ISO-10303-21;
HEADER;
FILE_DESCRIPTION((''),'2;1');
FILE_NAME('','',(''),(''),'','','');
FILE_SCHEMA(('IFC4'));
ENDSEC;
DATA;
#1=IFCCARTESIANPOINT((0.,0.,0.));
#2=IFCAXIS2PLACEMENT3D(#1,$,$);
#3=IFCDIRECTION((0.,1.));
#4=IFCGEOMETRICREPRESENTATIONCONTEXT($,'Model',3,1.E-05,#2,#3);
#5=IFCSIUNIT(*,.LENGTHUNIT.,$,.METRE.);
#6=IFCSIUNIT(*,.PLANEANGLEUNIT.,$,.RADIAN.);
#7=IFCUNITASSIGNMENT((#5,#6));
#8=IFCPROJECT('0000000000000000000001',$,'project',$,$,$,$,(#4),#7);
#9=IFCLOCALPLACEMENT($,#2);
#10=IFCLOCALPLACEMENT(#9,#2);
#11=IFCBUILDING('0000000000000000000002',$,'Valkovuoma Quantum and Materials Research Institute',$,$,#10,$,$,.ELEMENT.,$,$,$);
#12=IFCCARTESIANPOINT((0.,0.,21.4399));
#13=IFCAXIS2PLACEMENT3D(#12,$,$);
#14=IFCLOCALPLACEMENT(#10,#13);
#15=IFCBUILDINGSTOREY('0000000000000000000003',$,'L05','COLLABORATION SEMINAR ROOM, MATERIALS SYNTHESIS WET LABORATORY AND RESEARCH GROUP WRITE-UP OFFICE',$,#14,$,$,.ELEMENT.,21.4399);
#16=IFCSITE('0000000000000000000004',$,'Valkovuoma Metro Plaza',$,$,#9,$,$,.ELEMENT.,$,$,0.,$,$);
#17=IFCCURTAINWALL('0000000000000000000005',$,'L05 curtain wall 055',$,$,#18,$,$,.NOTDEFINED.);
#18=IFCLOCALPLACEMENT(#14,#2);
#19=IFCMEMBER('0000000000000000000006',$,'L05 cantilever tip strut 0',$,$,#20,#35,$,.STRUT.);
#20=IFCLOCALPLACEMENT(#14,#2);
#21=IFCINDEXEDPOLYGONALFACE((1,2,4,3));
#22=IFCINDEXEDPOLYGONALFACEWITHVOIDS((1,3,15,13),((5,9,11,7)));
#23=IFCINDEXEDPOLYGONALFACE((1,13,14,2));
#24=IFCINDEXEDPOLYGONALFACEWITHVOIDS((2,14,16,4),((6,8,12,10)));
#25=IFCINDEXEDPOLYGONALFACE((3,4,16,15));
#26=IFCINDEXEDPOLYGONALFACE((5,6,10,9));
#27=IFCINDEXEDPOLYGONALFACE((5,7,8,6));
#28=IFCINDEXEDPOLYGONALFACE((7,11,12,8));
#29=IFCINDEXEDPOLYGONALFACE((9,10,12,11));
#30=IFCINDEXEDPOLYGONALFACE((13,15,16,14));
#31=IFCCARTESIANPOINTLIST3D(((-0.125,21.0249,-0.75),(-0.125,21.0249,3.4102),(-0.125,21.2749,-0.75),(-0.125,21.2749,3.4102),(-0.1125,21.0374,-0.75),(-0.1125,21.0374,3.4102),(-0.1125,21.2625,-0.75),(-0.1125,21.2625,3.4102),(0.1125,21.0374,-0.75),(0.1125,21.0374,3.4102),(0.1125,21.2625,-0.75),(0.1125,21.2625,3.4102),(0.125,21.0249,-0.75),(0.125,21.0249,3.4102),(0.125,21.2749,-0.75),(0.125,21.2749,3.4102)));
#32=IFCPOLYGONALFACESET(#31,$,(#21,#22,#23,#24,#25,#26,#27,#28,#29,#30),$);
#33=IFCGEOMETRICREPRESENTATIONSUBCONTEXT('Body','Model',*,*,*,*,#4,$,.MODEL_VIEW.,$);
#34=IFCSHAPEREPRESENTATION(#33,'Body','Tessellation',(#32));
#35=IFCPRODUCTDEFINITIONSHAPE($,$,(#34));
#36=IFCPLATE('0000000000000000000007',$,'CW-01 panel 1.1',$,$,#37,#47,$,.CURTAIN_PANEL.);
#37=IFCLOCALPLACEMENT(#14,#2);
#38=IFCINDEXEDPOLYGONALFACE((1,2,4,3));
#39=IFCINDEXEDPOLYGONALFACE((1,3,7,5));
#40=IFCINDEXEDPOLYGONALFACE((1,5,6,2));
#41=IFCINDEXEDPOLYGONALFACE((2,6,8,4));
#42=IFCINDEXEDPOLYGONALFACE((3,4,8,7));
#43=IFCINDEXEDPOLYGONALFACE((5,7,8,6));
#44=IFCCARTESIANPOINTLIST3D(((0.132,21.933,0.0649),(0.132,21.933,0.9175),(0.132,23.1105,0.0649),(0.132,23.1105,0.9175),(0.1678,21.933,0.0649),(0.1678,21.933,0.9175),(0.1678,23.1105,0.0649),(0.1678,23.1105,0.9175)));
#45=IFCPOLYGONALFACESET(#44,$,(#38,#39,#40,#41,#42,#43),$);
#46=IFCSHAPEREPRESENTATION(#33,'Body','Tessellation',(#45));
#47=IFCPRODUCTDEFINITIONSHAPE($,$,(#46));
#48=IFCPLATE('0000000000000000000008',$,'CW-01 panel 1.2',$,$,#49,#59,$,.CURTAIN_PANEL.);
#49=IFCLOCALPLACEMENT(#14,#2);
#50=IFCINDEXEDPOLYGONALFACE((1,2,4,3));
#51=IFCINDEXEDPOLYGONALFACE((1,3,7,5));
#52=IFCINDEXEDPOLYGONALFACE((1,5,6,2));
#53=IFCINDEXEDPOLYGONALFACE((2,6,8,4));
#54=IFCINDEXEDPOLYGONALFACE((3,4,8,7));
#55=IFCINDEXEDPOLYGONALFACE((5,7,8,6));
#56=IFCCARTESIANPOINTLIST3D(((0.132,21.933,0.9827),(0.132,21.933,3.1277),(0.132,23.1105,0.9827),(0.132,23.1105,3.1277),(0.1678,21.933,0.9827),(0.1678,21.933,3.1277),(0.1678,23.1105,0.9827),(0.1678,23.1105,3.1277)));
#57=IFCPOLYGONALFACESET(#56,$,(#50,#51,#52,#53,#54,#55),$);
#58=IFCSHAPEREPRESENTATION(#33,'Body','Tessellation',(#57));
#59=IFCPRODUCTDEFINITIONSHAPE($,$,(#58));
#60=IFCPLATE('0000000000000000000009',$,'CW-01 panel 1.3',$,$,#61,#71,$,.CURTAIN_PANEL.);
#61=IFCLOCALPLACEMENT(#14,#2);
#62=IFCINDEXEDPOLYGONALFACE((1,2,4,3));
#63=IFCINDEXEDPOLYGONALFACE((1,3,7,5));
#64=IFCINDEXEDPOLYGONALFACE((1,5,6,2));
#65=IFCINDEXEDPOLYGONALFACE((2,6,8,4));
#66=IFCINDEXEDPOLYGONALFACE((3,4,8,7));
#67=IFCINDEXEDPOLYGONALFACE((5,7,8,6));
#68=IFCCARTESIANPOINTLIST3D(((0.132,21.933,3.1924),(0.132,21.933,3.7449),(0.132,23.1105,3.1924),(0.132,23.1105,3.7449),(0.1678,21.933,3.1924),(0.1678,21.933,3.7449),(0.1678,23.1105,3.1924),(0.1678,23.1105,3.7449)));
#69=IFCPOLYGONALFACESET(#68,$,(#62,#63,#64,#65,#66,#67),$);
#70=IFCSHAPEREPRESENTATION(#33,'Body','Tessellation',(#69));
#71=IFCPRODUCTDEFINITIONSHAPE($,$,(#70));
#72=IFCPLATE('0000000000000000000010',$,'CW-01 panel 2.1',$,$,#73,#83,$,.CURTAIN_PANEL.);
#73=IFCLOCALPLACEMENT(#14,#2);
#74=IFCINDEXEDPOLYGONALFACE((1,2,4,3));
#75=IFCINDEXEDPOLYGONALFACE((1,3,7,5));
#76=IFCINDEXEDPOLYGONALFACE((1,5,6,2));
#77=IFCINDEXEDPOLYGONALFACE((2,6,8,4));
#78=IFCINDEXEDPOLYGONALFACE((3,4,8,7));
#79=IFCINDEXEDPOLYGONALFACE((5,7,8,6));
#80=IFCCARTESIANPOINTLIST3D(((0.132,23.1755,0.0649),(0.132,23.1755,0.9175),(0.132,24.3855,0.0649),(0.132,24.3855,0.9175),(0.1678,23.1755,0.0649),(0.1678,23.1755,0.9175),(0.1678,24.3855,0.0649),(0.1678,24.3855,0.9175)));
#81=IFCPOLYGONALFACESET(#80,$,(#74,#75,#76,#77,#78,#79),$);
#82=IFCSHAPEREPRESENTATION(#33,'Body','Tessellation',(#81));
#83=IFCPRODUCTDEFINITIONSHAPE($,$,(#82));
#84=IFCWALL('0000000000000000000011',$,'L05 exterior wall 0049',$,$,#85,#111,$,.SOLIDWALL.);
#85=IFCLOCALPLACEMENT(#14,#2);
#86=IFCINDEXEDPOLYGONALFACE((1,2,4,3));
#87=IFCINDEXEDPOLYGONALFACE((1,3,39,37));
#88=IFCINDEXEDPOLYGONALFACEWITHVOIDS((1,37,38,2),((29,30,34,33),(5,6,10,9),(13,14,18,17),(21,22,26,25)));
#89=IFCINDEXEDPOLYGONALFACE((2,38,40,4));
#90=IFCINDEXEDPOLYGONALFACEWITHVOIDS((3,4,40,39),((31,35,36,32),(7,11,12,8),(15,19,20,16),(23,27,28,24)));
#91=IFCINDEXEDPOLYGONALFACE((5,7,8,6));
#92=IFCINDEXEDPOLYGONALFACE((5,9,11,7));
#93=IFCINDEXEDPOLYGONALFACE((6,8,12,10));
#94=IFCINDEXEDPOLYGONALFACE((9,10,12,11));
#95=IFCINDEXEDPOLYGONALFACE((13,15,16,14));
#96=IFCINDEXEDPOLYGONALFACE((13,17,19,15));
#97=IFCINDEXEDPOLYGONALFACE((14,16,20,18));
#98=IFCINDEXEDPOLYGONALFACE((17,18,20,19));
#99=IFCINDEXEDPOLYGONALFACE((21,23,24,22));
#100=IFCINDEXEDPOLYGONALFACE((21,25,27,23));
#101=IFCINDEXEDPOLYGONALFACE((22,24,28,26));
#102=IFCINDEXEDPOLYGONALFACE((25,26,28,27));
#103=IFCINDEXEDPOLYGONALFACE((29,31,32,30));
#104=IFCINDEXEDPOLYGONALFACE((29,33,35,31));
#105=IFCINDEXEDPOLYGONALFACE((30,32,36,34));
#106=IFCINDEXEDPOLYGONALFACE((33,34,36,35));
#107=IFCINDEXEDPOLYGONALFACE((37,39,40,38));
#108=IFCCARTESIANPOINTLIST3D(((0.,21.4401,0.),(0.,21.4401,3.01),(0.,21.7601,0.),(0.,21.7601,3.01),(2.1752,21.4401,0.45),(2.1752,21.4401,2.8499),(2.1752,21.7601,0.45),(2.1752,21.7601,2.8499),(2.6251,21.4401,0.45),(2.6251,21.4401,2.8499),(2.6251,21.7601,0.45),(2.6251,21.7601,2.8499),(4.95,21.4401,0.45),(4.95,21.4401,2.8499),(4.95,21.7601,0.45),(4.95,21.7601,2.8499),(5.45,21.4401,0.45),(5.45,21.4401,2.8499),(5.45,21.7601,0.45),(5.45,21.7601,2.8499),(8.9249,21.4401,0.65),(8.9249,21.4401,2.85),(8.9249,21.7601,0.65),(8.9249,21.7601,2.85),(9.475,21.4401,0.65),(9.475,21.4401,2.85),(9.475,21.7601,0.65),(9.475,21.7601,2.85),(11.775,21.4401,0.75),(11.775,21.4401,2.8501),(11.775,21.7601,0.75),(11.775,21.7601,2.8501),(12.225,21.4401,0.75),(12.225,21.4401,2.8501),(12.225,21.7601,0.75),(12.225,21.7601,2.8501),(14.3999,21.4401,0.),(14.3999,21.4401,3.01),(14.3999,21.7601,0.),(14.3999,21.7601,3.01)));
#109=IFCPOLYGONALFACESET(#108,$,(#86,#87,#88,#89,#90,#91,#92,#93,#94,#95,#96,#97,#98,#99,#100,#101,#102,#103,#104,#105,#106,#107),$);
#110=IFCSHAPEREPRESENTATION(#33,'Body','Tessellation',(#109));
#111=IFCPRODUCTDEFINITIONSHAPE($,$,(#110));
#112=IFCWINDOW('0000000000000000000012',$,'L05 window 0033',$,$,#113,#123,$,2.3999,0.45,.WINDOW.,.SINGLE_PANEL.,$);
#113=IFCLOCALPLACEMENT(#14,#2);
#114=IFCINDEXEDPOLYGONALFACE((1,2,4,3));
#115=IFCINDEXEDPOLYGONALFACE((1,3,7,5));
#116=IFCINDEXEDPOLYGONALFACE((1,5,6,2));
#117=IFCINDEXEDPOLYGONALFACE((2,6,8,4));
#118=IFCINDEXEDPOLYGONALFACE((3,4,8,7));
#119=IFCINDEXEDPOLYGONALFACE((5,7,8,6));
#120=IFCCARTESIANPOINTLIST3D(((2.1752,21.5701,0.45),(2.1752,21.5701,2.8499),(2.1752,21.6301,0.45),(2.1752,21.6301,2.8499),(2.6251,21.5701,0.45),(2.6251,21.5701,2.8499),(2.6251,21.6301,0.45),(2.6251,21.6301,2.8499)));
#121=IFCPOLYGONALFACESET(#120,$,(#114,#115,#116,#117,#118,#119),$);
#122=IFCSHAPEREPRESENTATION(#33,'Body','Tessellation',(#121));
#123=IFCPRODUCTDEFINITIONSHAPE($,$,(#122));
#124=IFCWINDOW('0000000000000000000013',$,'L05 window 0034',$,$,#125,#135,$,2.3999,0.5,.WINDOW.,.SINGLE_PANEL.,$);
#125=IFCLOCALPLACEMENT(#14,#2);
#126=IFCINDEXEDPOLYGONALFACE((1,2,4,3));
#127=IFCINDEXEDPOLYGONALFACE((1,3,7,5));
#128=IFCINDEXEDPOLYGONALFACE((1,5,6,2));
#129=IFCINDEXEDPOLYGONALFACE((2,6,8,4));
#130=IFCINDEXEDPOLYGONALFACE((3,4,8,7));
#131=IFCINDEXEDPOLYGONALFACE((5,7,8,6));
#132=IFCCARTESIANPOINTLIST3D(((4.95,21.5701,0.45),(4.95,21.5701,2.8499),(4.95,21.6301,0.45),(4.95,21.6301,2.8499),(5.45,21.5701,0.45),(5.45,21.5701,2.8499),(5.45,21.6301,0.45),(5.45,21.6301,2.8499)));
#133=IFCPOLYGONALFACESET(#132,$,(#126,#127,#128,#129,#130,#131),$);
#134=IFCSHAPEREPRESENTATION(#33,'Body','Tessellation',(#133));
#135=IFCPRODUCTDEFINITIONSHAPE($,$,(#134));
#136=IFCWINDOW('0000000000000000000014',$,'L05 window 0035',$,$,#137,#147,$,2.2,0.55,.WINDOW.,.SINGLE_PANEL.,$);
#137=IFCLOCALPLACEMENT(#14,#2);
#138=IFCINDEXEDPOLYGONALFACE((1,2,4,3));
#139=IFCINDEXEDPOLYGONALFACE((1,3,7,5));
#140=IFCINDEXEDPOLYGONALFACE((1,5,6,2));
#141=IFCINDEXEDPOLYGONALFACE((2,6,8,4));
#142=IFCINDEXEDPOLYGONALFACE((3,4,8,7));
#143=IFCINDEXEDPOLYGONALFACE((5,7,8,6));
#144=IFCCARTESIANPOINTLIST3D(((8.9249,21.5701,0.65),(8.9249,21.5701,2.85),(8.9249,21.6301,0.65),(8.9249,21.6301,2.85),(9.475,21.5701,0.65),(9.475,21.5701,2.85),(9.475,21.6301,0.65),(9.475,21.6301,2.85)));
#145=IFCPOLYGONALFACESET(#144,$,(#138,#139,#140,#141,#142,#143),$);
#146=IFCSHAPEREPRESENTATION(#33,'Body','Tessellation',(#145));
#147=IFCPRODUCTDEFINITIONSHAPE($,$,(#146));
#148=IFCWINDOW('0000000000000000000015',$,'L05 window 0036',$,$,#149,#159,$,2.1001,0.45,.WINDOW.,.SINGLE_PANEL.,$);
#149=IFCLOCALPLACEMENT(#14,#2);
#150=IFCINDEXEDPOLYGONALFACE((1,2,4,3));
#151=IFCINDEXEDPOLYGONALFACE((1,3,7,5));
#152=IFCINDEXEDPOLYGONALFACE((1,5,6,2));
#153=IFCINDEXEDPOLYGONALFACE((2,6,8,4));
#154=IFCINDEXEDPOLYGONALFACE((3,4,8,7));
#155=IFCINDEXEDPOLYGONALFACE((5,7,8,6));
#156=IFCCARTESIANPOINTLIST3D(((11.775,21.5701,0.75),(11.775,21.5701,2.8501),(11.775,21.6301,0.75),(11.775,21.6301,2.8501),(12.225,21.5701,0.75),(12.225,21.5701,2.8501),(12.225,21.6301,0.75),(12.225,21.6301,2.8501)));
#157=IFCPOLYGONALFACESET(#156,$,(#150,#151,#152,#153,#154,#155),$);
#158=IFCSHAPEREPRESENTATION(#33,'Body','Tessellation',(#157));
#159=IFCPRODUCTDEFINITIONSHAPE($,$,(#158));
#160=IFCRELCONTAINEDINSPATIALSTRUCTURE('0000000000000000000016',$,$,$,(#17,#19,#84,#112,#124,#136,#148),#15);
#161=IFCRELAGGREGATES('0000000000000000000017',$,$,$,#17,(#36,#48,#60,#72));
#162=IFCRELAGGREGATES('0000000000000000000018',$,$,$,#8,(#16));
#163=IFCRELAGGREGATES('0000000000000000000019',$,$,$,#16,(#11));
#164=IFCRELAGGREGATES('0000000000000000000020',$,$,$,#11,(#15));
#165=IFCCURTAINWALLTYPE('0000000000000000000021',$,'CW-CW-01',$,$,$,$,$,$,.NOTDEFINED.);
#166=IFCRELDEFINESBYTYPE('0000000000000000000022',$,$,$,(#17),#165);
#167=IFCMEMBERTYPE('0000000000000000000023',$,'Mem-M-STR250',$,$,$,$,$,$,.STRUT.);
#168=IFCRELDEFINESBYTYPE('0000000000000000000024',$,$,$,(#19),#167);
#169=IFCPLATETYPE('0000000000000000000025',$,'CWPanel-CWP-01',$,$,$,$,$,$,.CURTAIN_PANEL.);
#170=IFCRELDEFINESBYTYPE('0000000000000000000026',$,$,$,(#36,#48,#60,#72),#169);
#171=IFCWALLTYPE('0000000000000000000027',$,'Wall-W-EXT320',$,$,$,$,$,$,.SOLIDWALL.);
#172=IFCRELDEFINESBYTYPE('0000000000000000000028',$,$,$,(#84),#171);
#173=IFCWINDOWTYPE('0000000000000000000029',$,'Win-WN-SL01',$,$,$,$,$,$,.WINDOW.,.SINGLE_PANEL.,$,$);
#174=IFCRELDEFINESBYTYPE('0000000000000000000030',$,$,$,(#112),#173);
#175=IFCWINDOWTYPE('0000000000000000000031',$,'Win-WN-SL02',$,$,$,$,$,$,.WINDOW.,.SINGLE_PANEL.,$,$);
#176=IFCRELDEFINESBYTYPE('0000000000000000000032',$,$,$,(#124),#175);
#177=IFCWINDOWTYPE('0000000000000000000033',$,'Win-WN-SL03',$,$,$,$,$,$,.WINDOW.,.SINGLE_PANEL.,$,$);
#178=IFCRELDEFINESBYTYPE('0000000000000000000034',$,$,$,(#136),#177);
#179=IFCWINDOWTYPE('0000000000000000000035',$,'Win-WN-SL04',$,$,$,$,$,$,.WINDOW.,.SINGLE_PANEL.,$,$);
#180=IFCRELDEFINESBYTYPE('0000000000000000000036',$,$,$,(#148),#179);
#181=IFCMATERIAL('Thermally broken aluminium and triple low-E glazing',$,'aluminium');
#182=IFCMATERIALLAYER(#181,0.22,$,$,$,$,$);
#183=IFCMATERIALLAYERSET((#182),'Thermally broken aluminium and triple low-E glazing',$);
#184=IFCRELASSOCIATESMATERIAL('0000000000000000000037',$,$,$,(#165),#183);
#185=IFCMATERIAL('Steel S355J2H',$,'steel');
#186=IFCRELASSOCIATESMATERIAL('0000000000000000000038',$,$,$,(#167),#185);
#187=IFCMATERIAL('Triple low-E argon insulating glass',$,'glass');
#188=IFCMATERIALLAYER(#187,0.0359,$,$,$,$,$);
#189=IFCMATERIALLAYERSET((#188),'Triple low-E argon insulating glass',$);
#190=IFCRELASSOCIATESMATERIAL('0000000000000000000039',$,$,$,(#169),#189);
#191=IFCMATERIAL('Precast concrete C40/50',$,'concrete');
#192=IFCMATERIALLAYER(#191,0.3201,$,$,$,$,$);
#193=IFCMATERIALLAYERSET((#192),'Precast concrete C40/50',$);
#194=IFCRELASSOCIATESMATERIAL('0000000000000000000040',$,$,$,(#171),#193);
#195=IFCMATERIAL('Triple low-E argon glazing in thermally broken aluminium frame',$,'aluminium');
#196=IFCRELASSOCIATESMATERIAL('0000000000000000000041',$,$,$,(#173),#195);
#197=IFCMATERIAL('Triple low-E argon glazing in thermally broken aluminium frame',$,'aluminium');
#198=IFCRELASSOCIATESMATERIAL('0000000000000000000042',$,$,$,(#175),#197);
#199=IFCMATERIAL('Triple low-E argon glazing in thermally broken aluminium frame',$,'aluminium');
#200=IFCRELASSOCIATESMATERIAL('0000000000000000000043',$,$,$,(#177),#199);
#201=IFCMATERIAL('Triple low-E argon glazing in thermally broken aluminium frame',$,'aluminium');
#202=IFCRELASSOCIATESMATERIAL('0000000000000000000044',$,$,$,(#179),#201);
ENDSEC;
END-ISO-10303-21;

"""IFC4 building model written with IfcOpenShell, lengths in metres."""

from ifc_helpers import new_model, si_unit, direction, frame, frame_2d, origin, origin_2d, place, context, subcontext, project, spatial, rectangle, hollow_rectangle, extrude, material, layer, layer_set, material_profile, profile_set, type_object, element, fill, aggregate, save


model = new_model("IFC4")

# Units and contexts
model_context = context("Model", 3, precision=1e-05, world=origin(), true_north=direction((0.0, 1.0)))
body_context = subcontext(model_context, "Body", "Model", "MODEL_VIEW")
ifc_project = project(units=[si_unit("LENGTHUNIT", "METRE"), si_unit("PLANEANGLEUNIT", "RADIAN")], contexts=[model_context])

# Site, building, storey
site_placement = place(None, origin())
site = spatial("IfcSite", under=ifc_project, at=site_placement, Name="Valkovuoma Metro Plaza", CompositionType="ELEMENT", RefElevation=0.0)
building_placement = place(site_placement, origin())
building = spatial("IfcBuilding", under=site, at=building_placement, Name="Valkovuoma Quantum and Materials Research Institute", CompositionType="ELEMENT")
storey_placement = place(building_placement, frame((0.0, 0.0, 21.4399)))
storey = spatial("IfcBuildingStorey", under=building, at=storey_placement, Name="L05", Description="COLLABORATION SEMINAR ROOM, MATERIALS SYNTHESIS WET LABORATORY AND RESEARCH GROUP WRITE-UP OFFICE", CompositionType="ELEMENT", Elevation=21.4399)

# Curtain wall
ifc_material_1 = material(Name="Thermally broken aluminium and triple low-E glazing", Category="aluminium")
ifc_layer_1 = layer(ifc_material_1, 0.22)
ifc_layer_set_1 = layer_set([ifc_layer_1], Name="Thermally broken aluminium and triple low-E glazing")
curtain_wall_type = type_object("IfcCurtainWallType", Name="CW-CW-01", PredefinedType="NOTDEFINED", material=ifc_layer_set_1)
curtain_wall_placement = place(storey_placement, origin())
curtain_wall = element("IfcCurtainWall", 1, at=curtain_wall_placement, inside=storey, type_object=curtain_wall_type, Name="L05 curtain wall 055", PredefinedType="NOTDEFINED")

# Member
ifc_material_2 = material(Name="Steel S355J2H", Category="steel")
ifc_material_profile_1 = material_profile(ifc_material_2, hollow_rectangle(XDim=0.25, YDim=0.25, WallThickness=0.0125, at=origin_2d()), Name="Steel S355J2H")
ifc_profile_set_1 = profile_set([ifc_material_profile_1], Name="Steel S355J2H")
member_type_1 = type_object("IfcMemberType", Name="Mem-M-STR250", PredefinedType="STRUT", material=ifc_profile_set_1)
member_1_placement = place(storey_placement, frame((0.0, 21.1499, -0.75), z_axis=(0.0, 0.0, 1.0), x_axis=(1.0, 0.0, 0.0)))
element("IfcMember", 2, at=member_1_placement, inside=storey, type_object=member_type_1, Name="L05 cantilever tip strut 0", PredefinedType="STRUT", context=body_context, shape_type="SweptSolid", body=[
    extrude(hollow_rectangle(XDim=0.25, YDim=0.25, WallThickness=0.0125, at=origin_2d()), origin(), (0.0, 0.0, 1.0), 4.1602),
])

# Plates
ifc_material_3 = material(Name="Triple low-E argon insulating glass", Category="glass")
ifc_layer_2 = layer(ifc_material_3, 0.0359)
ifc_layer_set_2 = layer_set([ifc_layer_2], Name="Triple low-E argon insulating glass")
plate_type = type_object("IfcPlateType", Name="CWPanel-CWP-01", PredefinedType="CURTAIN_PANEL", material=ifc_layer_set_2)
plate_1_placement = place(storey_placement, frame((0.1499, 22.5217, 0.0649), z_axis=(0.0, 0.0, 1.0), x_axis=(0.0, 1.0, 0.0)))
plate_1 = element("IfcPlate", 3, at=plate_1_placement, type_object=plate_type, Name="CW-01 panel 1.1", PredefinedType="CURTAIN_PANEL", context=body_context, shape_type="SweptSolid", body=[
    extrude(rectangle(XDim=1.1775, YDim=0.0359, at=origin_2d()), origin(), (0.0, 0.0, 1.0), 0.8525),
])
plate_2_placement = place(storey_placement, frame((0.1499, 22.5217, 0.9827), z_axis=(0.0, 0.0, 1.0), x_axis=(0.0, 1.0, 0.0)))
plate_2 = element("IfcPlate", 4, at=plate_2_placement, type_object=plate_type, Name="CW-01 panel 1.2", PredefinedType="CURTAIN_PANEL", context=body_context, shape_type="SweptSolid", body=[
    extrude(rectangle(XDim=1.1775, YDim=0.0359, at=origin_2d()), origin(), (0.0, 0.0, 1.0), 2.145),
])
plate_3_placement = place(storey_placement, frame((0.1499, 22.5217, 3.1924), z_axis=(0.0, 0.0, 1.0), x_axis=(0.0, 1.0, 0.0)))
plate_3 = element("IfcPlate", 5, at=plate_3_placement, type_object=plate_type, Name="CW-01 panel 1.3", PredefinedType="CURTAIN_PANEL", context=body_context, shape_type="SweptSolid", body=[
    extrude(rectangle(XDim=1.1775, YDim=0.0359, at=origin_2d()), origin(), (0.0, 0.0, 1.0), 0.5525),
])
plate_4_placement = place(storey_placement, frame((0.1499, 23.7805, 0.0649), z_axis=(0.0, 0.0, 1.0), x_axis=(0.0, 1.0, 0.0)))
plate_4 = element("IfcPlate", 6, at=plate_4_placement, type_object=plate_type, Name="CW-01 panel 2.1", PredefinedType="CURTAIN_PANEL", context=body_context, shape_type="SweptSolid", body=[
    extrude(rectangle(XDim=1.21, YDim=0.0359, at=origin_2d()), origin(), (0.0, 0.0, 1.0), 0.8525),
])
aggregate(curtain_wall, [plate_1, plate_2, plate_3, plate_4])

# Wall, openings, windows
ifc_material_4 = material(Name="Precast concrete C40/50", Category="concrete")
ifc_layer_3 = layer(ifc_material_4, 0.3201)
ifc_layer_set_3 = layer_set([ifc_layer_3], Name="Precast concrete C40/50")
wall_type = type_object("IfcWallType", Name="Wall-W-EXT320", PredefinedType="SOLIDWALL", material=ifc_layer_set_3)
wall_placement = place(storey_placement, frame((0.0, 21.6001, 0.0), z_axis=(0.0, 0.0, 1.0), x_axis=(1.0, 0.0, 0.0)))
wall = element("IfcWall", 7, at=wall_placement, inside=storey, type_object=wall_type, Name="L05 exterior wall 0049", PredefinedType="SOLIDWALL", context=body_context, shape_type="SweptSolid", body=[
    extrude(rectangle(XDim=14.3999, YDim=0.3201, at=frame_2d((7.2, 0.0))), origin(), (0.0, 0.0, 1.0), 3.01),
])
opening_1_placement = place(wall_placement, frame((2.175, 0.0, 0.45)))
opening_1 = element("IfcOpeningElement", 8, at=opening_1_placement, cuts=wall, PredefinedType="OPENING", context=body_context, shape_type="SweptSolid", body=[
    extrude(rectangle(XDim=0.45, YDim=2.3999, at=frame_2d((0.2251, 1.2))), frame((0.0, 0.1699, 0.0), z_axis=(0.0, -1.0, 0.0), x_axis=(1.0, 0.0, 0.0)), (0.0, 0.0, 1.0), 0.3401),
])
opening_2_placement = place(wall_placement, frame((4.95, 0.0, 0.45)))
opening_2 = element("IfcOpeningElement", 9, at=opening_2_placement, cuts=wall, PredefinedType="OPENING", context=body_context, shape_type="SweptSolid", body=[
    extrude(rectangle(XDim=0.5, YDim=2.3999, at=frame_2d((0.25, 1.2))), frame((0.0, 0.1699, 0.0), z_axis=(0.0, -1.0, 0.0), x_axis=(1.0, 0.0, 0.0)), (0.0, 0.0, 1.0), 0.3401),
])
opening_3_placement = place(wall_placement, frame((8.925, 0.0, 0.6499)))
opening_3 = element("IfcOpeningElement", 10, at=opening_3_placement, cuts=wall, PredefinedType="OPENING", context=body_context, shape_type="SweptSolid", body=[
    extrude(rectangle(XDim=0.55, YDim=2.2, at=frame_2d((0.2749, 1.1001))), frame((0.0, 0.1699, 0.0), z_axis=(0.0, -1.0, 0.0), x_axis=(1.0, 0.0, 0.0)), (0.0, 0.0, 1.0), 0.3401),
])
opening_4_placement = place(wall_placement, frame((11.7749, 0.0, 0.75)))
opening_4 = element("IfcOpeningElement", 11, at=opening_4_placement, cuts=wall, PredefinedType="OPENING", context=body_context, shape_type="SweptSolid", body=[
    extrude(rectangle(XDim=0.45, YDim=2.1001, at=frame_2d((0.2251, 1.05))), frame((0.0, 0.1699, 0.0), z_axis=(0.0, -1.0, 0.0), x_axis=(1.0, 0.0, 0.0)), (0.0, 0.0, 1.0), 0.3401),
])
ifc_material_5 = material(Name="Triple low-E argon glazing in thermally broken aluminium frame", Category="aluminium")
window_type_1 = type_object("IfcWindowType", Name="Win-WN-SL01", PartitioningType="SINGLE_PANEL", PredefinedType="WINDOW", material=ifc_material_5)
window_1_placement = place(opening_1_placement, origin())
window_1 = element("IfcWindow", 12, at=window_1_placement, inside=storey, type_object=window_type_1, Name="L05 window 0033", OverallHeight=2.3999, OverallWidth=0.45, PartitioningType="SINGLE_PANEL", PredefinedType="WINDOW", context=body_context, shape_type="SweptSolid", body=[
    extrude(rectangle(XDim=0.45, YDim=2.3999, at=frame_2d((0.2251, 1.2))), frame((0.0, 0.03, 0.0), z_axis=(0.0, -1.0, 0.0), x_axis=(1.0, 0.0, 0.0)), (0.0, 0.0, 1.0), 0.0601),
])
fill(opening_1, window_1)
ifc_material_6 = material(Name="Triple low-E argon glazing in thermally broken aluminium frame", Category="aluminium")
window_type_2 = type_object("IfcWindowType", Name="Win-WN-SL02", PartitioningType="SINGLE_PANEL", PredefinedType="WINDOW", material=ifc_material_6)
window_2_placement = place(opening_2_placement, origin())
window_2 = element("IfcWindow", 13, at=window_2_placement, inside=storey, type_object=window_type_2, Name="L05 window 0034", OverallHeight=2.3999, OverallWidth=0.5, PartitioningType="SINGLE_PANEL", PredefinedType="WINDOW", context=body_context, shape_type="SweptSolid", body=[
    extrude(rectangle(XDim=0.5, YDim=2.3999, at=frame_2d((0.25, 1.2))), frame((0.0, 0.03, 0.0), z_axis=(0.0, -1.0, 0.0), x_axis=(1.0, 0.0, 0.0)), (0.0, 0.0, 1.0), 0.0601),
])
fill(opening_2, window_2)
ifc_material_7 = material(Name="Triple low-E argon glazing in thermally broken aluminium frame", Category="aluminium")
window_type_3 = type_object("IfcWindowType", Name="Win-WN-SL03", PartitioningType="SINGLE_PANEL", PredefinedType="WINDOW", material=ifc_material_7)
window_3_placement = place(opening_3_placement, origin())
window_3 = element("IfcWindow", 14, at=window_3_placement, inside=storey, type_object=window_type_3, Name="L05 window 0035", OverallHeight=2.2, OverallWidth=0.55, PartitioningType="SINGLE_PANEL", PredefinedType="WINDOW", context=body_context, shape_type="SweptSolid", body=[
    extrude(rectangle(XDim=0.55, YDim=2.2, at=frame_2d((0.2749, 1.1001))), frame((0.0, 0.03, 0.0), z_axis=(0.0, -1.0, 0.0), x_axis=(1.0, 0.0, 0.0)), (0.0, 0.0, 1.0), 0.0601),
])
fill(opening_3, window_3)
ifc_material_8 = material(Name="Triple low-E argon glazing in thermally broken aluminium frame", Category="aluminium")
window_type_4 = type_object("IfcWindowType", Name="Win-WN-SL04", PartitioningType="SINGLE_PANEL", PredefinedType="WINDOW", material=ifc_material_8)
window_4_placement = place(opening_4_placement, origin())
window_4 = element("IfcWindow", 15, at=window_4_placement, inside=storey, type_object=window_type_4, Name="L05 window 0036", OverallHeight=2.1001, OverallWidth=0.45, PartitioningType="SINGLE_PANEL", PredefinedType="WINDOW", context=body_context, shape_type="SweptSolid", body=[
    extrude(rectangle(XDim=0.45, YDim=2.1001, at=frame_2d((0.2251, 1.05))), frame((0.0, 0.03, 0.0), z_axis=(0.0, -1.0, 0.0), x_axis=(1.0, 0.0, 0.0)), (0.0, 0.0, 1.0), 0.0601),
])
fill(opening_4, window_4)

save(model, "model.ifc")
